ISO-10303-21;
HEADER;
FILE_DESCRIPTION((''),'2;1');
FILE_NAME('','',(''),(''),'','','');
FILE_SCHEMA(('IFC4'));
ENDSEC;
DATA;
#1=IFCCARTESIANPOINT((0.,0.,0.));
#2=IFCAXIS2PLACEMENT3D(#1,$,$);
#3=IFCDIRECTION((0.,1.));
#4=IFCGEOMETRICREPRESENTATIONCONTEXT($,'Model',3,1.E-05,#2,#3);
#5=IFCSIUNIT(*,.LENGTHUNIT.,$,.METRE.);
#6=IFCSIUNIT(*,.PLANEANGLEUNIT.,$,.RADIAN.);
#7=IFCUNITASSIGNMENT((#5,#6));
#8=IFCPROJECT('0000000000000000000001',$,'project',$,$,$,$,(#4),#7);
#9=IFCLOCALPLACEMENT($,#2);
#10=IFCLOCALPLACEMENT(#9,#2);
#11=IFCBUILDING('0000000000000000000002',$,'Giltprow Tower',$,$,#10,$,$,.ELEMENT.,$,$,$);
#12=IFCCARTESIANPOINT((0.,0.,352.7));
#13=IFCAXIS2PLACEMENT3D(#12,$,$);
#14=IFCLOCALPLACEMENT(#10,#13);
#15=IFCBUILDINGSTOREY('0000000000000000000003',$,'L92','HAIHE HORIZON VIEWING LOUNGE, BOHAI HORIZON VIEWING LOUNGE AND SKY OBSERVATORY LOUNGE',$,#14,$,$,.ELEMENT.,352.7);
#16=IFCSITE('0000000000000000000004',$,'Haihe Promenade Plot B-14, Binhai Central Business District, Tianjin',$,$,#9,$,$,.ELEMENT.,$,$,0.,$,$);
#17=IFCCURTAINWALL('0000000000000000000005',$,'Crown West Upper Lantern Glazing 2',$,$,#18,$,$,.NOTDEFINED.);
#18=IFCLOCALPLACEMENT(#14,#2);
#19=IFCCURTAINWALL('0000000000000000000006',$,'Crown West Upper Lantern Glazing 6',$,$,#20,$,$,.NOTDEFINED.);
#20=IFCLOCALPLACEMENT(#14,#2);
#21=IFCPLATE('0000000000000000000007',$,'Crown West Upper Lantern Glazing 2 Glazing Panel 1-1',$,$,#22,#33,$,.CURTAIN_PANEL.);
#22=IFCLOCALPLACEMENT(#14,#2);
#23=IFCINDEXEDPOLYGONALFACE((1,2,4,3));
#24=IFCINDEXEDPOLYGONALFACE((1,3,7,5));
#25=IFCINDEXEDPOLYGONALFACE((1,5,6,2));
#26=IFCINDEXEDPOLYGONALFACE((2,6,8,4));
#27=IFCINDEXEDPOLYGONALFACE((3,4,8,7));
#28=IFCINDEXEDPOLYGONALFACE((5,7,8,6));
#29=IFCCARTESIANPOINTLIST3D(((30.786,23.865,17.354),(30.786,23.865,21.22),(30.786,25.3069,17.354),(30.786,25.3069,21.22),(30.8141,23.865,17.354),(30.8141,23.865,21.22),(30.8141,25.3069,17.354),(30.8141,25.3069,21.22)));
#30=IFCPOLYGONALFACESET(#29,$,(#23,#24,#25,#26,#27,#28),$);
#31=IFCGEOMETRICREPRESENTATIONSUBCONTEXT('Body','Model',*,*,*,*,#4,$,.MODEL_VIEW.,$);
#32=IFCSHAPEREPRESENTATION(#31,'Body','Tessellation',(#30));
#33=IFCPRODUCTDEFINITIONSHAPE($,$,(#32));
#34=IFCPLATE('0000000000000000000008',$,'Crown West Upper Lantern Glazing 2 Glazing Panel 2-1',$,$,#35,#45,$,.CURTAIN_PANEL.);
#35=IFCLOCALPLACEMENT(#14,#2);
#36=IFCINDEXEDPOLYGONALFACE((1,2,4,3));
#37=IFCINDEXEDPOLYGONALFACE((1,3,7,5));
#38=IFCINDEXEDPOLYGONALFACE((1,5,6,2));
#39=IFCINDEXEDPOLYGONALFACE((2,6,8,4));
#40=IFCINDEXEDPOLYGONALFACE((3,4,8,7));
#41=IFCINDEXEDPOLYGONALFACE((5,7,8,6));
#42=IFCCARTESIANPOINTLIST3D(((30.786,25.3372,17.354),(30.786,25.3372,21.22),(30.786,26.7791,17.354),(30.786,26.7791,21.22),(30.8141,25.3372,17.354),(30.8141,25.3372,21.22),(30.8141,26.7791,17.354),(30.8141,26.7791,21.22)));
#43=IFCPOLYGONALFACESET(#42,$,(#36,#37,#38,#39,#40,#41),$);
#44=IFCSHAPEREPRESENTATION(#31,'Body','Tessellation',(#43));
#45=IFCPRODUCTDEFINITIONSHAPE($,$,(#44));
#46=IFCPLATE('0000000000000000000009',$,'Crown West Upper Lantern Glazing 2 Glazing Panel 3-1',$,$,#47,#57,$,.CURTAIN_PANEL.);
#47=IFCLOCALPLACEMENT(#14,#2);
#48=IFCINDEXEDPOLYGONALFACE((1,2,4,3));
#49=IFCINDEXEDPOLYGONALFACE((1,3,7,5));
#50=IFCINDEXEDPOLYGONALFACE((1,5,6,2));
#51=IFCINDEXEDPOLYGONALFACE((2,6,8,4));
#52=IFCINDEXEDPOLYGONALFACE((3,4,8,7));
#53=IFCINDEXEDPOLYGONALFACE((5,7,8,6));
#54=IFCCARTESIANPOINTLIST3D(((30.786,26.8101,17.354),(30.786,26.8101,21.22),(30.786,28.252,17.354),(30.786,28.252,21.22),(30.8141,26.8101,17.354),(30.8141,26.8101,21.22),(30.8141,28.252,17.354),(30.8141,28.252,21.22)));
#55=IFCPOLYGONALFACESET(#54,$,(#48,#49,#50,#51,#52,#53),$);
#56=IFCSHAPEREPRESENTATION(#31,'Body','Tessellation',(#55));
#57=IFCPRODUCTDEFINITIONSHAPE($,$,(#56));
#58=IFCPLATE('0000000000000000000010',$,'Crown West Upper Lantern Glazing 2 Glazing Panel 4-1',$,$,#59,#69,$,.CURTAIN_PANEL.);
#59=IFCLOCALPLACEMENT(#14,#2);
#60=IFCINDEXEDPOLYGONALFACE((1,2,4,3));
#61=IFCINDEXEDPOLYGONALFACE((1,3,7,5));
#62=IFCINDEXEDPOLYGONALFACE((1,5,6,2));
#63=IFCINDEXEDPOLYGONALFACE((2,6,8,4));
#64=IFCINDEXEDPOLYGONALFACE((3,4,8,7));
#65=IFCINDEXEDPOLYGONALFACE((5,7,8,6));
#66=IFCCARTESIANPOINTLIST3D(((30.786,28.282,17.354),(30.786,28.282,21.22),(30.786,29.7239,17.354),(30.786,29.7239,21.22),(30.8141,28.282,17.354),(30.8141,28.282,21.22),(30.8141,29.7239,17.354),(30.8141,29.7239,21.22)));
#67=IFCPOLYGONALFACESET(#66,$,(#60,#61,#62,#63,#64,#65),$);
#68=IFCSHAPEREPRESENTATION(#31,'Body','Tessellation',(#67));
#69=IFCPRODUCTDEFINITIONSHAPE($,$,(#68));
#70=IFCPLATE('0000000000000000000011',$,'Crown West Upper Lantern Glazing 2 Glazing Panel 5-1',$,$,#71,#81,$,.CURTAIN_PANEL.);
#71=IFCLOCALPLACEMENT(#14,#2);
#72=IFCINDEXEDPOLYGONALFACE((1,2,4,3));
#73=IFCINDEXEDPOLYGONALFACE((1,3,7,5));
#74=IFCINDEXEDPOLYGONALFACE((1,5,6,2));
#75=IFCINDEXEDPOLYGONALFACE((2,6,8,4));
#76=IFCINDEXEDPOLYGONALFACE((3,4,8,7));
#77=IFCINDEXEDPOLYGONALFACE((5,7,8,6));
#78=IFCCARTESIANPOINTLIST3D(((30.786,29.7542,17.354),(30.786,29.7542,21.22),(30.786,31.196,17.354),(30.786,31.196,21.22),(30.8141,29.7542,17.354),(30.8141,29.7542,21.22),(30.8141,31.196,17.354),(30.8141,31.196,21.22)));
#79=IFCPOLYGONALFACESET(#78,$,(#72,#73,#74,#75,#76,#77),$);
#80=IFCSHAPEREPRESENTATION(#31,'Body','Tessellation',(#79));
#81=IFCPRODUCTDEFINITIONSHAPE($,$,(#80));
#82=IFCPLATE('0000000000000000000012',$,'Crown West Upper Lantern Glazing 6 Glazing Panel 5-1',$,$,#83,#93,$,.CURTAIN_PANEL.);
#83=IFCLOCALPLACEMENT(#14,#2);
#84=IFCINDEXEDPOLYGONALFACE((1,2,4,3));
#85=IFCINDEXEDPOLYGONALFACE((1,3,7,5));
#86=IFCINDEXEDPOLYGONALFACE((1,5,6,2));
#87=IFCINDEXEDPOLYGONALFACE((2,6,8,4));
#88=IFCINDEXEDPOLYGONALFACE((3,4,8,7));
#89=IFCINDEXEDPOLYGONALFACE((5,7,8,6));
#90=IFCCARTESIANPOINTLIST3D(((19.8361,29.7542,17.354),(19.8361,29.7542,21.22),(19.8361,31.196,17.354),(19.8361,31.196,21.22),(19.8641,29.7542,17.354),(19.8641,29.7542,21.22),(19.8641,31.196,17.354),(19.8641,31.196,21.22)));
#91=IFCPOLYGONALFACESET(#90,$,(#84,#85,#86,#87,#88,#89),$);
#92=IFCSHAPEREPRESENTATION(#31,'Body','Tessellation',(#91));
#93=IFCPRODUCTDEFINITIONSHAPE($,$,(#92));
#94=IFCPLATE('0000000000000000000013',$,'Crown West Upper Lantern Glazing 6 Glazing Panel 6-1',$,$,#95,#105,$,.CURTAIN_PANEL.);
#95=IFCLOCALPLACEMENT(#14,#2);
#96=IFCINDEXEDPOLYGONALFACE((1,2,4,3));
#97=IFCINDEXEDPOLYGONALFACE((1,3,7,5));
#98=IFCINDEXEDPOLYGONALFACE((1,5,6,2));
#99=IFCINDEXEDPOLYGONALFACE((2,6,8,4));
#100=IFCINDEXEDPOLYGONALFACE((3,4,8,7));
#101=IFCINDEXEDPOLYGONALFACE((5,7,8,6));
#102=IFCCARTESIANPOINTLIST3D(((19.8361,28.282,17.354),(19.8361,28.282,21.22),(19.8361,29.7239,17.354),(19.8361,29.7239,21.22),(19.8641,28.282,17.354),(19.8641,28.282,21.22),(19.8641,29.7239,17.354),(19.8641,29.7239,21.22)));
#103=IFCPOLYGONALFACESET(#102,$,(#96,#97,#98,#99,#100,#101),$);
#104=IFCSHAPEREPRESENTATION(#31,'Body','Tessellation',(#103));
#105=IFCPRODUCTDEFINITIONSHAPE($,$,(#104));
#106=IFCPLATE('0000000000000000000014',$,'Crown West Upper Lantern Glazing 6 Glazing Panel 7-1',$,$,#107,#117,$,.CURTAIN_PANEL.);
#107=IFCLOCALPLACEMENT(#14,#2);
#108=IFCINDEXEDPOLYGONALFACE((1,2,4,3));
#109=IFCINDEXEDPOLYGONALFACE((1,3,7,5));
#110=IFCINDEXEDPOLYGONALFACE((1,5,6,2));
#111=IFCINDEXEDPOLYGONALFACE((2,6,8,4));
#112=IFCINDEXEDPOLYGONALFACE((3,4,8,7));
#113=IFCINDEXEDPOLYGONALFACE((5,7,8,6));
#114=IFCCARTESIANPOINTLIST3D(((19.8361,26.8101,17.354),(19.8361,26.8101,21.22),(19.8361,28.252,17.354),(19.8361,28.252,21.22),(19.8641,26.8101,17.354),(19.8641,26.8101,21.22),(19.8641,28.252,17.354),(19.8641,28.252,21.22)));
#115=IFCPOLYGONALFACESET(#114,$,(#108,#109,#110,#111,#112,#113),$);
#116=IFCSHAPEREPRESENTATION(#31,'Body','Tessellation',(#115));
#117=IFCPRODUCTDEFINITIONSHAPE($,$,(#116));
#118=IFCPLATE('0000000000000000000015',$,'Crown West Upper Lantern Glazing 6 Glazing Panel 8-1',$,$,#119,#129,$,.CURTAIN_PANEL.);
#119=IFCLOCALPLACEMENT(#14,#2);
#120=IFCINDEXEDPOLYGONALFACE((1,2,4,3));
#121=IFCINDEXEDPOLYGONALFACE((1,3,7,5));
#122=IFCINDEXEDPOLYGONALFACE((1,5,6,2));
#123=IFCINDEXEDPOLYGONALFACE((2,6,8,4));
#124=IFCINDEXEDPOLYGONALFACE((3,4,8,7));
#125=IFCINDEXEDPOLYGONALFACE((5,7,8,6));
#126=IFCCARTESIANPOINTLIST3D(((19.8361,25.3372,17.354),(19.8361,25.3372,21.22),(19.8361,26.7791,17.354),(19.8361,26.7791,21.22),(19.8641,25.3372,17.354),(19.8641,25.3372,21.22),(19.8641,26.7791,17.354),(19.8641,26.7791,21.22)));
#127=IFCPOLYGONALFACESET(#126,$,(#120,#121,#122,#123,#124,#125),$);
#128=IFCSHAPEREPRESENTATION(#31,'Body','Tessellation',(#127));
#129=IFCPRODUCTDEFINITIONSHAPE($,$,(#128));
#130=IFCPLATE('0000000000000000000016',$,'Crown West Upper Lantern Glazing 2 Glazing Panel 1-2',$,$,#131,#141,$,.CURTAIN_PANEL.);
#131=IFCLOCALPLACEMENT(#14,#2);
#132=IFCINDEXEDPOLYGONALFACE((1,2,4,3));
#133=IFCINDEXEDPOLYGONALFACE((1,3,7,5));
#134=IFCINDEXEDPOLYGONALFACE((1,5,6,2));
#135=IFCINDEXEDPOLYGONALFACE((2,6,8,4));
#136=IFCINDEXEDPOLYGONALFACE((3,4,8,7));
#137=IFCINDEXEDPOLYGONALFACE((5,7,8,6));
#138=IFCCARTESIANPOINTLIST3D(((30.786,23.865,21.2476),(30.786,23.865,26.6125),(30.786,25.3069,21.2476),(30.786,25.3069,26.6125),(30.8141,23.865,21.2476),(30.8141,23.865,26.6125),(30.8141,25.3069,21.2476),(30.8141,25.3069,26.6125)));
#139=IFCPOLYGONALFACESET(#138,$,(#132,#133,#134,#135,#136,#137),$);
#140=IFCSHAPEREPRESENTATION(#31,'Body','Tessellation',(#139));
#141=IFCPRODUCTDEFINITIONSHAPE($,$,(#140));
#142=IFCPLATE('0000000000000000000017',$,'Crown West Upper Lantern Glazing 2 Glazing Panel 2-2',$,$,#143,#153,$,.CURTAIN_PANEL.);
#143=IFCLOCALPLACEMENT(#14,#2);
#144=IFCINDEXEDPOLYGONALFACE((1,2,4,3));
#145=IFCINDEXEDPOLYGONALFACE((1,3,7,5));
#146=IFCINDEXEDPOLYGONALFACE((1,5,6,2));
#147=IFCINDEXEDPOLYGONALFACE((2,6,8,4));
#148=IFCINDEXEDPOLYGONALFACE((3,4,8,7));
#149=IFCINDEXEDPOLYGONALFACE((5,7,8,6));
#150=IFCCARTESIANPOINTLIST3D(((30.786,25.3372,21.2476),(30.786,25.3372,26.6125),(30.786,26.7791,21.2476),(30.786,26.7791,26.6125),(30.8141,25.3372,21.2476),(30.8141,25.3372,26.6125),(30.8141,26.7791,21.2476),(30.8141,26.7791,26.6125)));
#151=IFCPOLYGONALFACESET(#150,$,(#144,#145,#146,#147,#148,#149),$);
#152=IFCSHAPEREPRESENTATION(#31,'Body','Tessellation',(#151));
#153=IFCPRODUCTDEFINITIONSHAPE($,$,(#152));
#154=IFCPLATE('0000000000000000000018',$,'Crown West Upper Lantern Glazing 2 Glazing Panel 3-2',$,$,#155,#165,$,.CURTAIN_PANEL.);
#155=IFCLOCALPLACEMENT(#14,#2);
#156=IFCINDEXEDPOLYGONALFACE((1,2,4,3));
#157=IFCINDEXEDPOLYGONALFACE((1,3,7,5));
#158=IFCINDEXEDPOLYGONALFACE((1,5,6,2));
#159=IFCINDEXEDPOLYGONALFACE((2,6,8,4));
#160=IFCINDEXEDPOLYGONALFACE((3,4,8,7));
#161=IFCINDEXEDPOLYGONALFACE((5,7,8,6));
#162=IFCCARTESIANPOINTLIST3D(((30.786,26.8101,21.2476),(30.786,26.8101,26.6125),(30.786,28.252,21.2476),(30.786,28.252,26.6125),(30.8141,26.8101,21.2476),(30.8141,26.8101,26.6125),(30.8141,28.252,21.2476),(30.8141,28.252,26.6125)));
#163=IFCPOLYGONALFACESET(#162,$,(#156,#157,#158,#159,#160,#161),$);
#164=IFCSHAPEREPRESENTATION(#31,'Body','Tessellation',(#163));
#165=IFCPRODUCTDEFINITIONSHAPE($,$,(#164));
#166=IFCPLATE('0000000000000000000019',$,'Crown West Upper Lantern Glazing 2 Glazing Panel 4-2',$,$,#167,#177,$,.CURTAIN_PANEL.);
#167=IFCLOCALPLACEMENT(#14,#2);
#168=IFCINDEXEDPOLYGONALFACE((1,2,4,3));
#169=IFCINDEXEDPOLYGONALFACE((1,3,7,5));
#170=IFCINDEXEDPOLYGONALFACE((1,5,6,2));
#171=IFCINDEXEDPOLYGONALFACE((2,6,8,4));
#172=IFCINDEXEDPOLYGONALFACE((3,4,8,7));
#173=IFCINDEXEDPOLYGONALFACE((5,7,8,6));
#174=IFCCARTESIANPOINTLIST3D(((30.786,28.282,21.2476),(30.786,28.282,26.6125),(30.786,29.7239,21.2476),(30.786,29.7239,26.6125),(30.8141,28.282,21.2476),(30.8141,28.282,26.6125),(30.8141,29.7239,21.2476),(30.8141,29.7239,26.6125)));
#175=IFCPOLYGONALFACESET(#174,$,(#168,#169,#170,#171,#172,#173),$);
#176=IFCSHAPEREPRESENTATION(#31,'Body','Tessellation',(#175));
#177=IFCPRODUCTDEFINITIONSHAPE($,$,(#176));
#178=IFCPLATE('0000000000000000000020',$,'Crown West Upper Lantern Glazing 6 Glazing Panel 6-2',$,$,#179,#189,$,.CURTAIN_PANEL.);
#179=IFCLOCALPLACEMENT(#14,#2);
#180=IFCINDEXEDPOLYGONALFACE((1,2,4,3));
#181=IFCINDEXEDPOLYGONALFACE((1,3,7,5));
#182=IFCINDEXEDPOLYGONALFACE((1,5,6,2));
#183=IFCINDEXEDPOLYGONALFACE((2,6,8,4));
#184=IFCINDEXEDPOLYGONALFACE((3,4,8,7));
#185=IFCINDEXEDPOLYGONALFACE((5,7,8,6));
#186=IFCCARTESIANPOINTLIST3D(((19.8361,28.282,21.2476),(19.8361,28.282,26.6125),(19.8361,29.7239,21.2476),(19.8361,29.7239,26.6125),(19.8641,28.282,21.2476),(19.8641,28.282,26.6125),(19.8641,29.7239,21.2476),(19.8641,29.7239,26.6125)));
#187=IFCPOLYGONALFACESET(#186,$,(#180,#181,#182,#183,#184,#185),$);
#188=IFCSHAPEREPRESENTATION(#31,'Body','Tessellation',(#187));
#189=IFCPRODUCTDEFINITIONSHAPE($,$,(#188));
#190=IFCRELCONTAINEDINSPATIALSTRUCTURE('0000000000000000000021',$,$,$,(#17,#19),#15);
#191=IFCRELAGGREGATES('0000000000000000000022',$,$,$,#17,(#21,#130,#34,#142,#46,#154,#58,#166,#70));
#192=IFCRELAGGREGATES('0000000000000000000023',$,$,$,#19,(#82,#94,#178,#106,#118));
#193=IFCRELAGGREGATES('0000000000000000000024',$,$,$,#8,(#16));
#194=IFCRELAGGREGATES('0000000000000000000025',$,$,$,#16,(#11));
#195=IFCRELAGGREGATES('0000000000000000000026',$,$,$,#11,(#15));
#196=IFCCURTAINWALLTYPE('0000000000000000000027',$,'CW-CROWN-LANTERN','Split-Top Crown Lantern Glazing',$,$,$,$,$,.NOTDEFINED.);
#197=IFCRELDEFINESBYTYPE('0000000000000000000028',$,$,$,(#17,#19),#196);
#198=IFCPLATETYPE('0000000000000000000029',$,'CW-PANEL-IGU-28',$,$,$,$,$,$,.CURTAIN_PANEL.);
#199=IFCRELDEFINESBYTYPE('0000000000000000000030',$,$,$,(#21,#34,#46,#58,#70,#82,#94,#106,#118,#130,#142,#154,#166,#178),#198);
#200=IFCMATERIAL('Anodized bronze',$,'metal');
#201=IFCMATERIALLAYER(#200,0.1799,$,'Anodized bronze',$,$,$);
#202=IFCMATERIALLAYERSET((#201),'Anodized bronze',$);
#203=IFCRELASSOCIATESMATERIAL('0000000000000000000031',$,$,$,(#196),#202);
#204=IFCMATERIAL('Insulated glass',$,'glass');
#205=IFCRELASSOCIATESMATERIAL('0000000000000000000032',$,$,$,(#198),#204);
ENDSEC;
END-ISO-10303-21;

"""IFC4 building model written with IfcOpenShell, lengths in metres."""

from ifc_helpers import new_model, si_unit, direction, frame, origin, origin_2d, place, context, subcontext, project, spatial, rectangle, extrude, source, transform, mapped, material, layer, layer_set, type_object, element, aggregate, save


model = new_model("IFC4")

# Units and contexts
model_context = context("Model", 3, precision=1e-05, world=origin(), true_north=direction((0.0, 1.0)))
body_context = subcontext(model_context, "Body", "Model", "MODEL_VIEW")
ifc_project = project(units=[si_unit("LENGTHUNIT", "METRE"), si_unit("PLANEANGLEUNIT", "RADIAN")], contexts=[model_context])

# Site, building, storey
site_placement = place(None, origin())
site = spatial("IfcSite", under=ifc_project, at=site_placement, Name="Haihe Promenade Plot B-14, Binhai Central Business District, Tianjin", CompositionType="ELEMENT", RefElevation=0.0)
building_placement = place(site_placement, origin())
building = spatial("IfcBuilding", under=site, at=building_placement, Name="Giltprow Tower", CompositionType="ELEMENT")
storey_placement = place(building_placement, frame((0.0, 0.0, 352.7)))
storey = spatial("IfcBuildingStorey", under=building, at=storey_placement, Name="L92", Description="HAIHE HORIZON VIEWING LOUNGE, BOHAI HORIZON VIEWING LOUNGE AND SKY OBSERVATORY LOUNGE", CompositionType="ELEMENT", Elevation=352.7)

# Curtain walls
ifc_material_1 = material(Name="Anodized bronze", Category="metal")
ifc_layer = layer(ifc_material_1, 0.1799, Name="Anodized bronze")
ifc_layer_set = layer_set([ifc_layer], Name="Anodized bronze")
curtain_wall_type = type_object("IfcCurtainWallType", Name="CW-CROWN-LANTERN", Description="Split-Top Crown Lantern Glazing", PredefinedType="NOTDEFINED", material=ifc_layer_set)
curtain_wall_1_placement = place(storey_placement, origin())
curtain_wall_1 = element("IfcCurtainWall", 1, at=curtain_wall_1_placement, inside=storey, type_object=curtain_wall_type, Name="Crown West Upper Lantern Glazing 2", PredefinedType="NOTDEFINED")
curtain_wall_2_placement = place(storey_placement, origin())
curtain_wall_2 = element("IfcCurtainWall", 2, at=curtain_wall_2_placement, inside=storey, type_object=curtain_wall_type, Name="Crown West Upper Lantern Glazing 6", PredefinedType="NOTDEFINED")

# Shared definitions
ifc_material_2 = material(Name="Insulated glass", Category="glass")
plate_type = type_object("IfcPlateType", Name="CW-PANEL-IGU-28", PredefinedType="CURTAIN_PANEL", material=ifc_material_2)

# Plates
shared_shape_1 = source(origin(), body_context, "Body", "SweptSolid", [
    extrude(rectangle(XDim=1.4419, YDim=0.0281, at=origin_2d()), origin(), (0.0, 0.0, 1.0), 3.866),
])
plate_1_placement = place(storey_placement, frame((30.8, 24.5859, 17.354), z_axis=(0.0, 0.0, 1.0), x_axis=(0.0, 1.0, 0.0)))
plate_1 = element("IfcPlate", 3, at=plate_1_placement, type_object=plate_type, Name="Crown West Upper Lantern Glazing 2 Glazing Panel 1-1", PredefinedType="CURTAIN_PANEL", context=body_context, shape_type="MappedRepresentation", body=[
    mapped(shared_shape_1, transform((0.0, 0.0, 0.0), x_axis=(1.0, 0.0, 0.0), y_axis=(0.0, 1.0, 0.0), z_axis=(0.0, 0.0, 1.0), scale=1.0)),
])
plate_2_placement = place(storey_placement, frame((30.8, 26.0581, 17.354), z_axis=(0.0, 0.0, 1.0), x_axis=(0.0, 1.0, 0.0)))
plate_2 = element("IfcPlate", 4, at=plate_2_placement, type_object=plate_type, Name="Crown West Upper Lantern Glazing 2 Glazing Panel 2-1", PredefinedType="CURTAIN_PANEL", context=body_context, shape_type="MappedRepresentation", body=[
    mapped(shared_shape_1, transform((0.0, 0.0, 0.0), x_axis=(1.0, 0.0, 0.0), y_axis=(0.0, 1.0, 0.0), z_axis=(0.0, 0.0, 1.0), scale=1.0)),
])
plate_3_placement = place(storey_placement, frame((30.8, 27.531, 17.354), z_axis=(0.0, 0.0, 1.0), x_axis=(0.0, 1.0, 0.0)))
plate_3 = element("IfcPlate", 5, at=plate_3_placement, type_object=plate_type, Name="Crown West Upper Lantern Glazing 2 Glazing Panel 3-1", PredefinedType="CURTAIN_PANEL", context=body_context, shape_type="MappedRepresentation", body=[
    mapped(shared_shape_1, transform((0.0, 0.0, 0.0), x_axis=(1.0, 0.0, 0.0), y_axis=(0.0, 1.0, 0.0), z_axis=(0.0, 0.0, 1.0), scale=1.0)),
])
plate_4_placement = place(storey_placement, frame((30.8, 29.0029, 17.354), z_axis=(0.0, 0.0, 1.0), x_axis=(0.0, 1.0, 0.0)))
plate_4 = element("IfcPlate", 6, at=plate_4_placement, type_object=plate_type, Name="Crown West Upper Lantern Glazing 2 Glazing Panel 4-1", PredefinedType="CURTAIN_PANEL", context=body_context, shape_type="MappedRepresentation", body=[
    mapped(shared_shape_1, transform((0.0, 0.0, 0.0), x_axis=(1.0, 0.0, 0.0), y_axis=(0.0, 1.0, 0.0), z_axis=(0.0, 0.0, 1.0), scale=1.0)),
])
plate_5_placement = place(storey_placement, frame((30.8, 30.4751, 17.354), z_axis=(0.0, 0.0, 1.0), x_axis=(0.0, 1.0, 0.0)))
plate_5 = element("IfcPlate", 7, at=plate_5_placement, type_object=plate_type, Name="Crown West Upper Lantern Glazing 2 Glazing Panel 5-1", PredefinedType="CURTAIN_PANEL", context=body_context, shape_type="MappedRepresentation", body=[
    mapped(shared_shape_1, transform((0.0, 0.0, 0.0), x_axis=(1.0, 0.0, 0.0), y_axis=(0.0, 1.0, 0.0), z_axis=(0.0, 0.0, 1.0), scale=1.0)),
])
plate_6_placement = place(storey_placement, frame((19.8501, 30.4751, 17.354), z_axis=(0.0, 0.0, 1.0), x_axis=(0.0, -1.0, 0.0)))
plate_6 = element("IfcPlate", 8, at=plate_6_placement, type_object=plate_type, Name="Crown West Upper Lantern Glazing 6 Glazing Panel 5-1", PredefinedType="CURTAIN_PANEL", context=body_context, shape_type="MappedRepresentation", body=[
    mapped(shared_shape_1, transform((0.0, 0.0, 0.0), x_axis=(1.0, 0.0, 0.0), y_axis=(0.0, 1.0, 0.0), z_axis=(0.0, 0.0, 1.0), scale=1.0)),
])
plate_7_placement = place(storey_placement, frame((19.8501, 29.0029, 17.354), z_axis=(0.0, 0.0, 1.0), x_axis=(0.0, -1.0, 0.0)))
plate_7 = element("IfcPlate", 9, at=plate_7_placement, type_object=plate_type, Name="Crown West Upper Lantern Glazing 6 Glazing Panel 6-1", PredefinedType="CURTAIN_PANEL", context=body_context, shape_type="MappedRepresentation", body=[
    mapped(shared_shape_1, transform((0.0, 0.0, 0.0), x_axis=(1.0, 0.0, 0.0), y_axis=(0.0, 1.0, 0.0), z_axis=(0.0, 0.0, 1.0), scale=1.0)),
])
plate_8_placement = place(storey_placement, frame((19.8501, 27.531, 17.354), z_axis=(0.0, 0.0, 1.0), x_axis=(0.0, -1.0, 0.0)))
plate_8 = element("IfcPlate", 10, at=plate_8_placement, type_object=plate_type, Name="Crown West Upper Lantern Glazing 6 Glazing Panel 7-1", PredefinedType="CURTAIN_PANEL", context=body_context, shape_type="MappedRepresentation", body=[
    mapped(shared_shape_1, transform((0.0, 0.0, 0.0), x_axis=(1.0, 0.0, 0.0), y_axis=(0.0, 1.0, 0.0), z_axis=(0.0, 0.0, 1.0), scale=1.0)),
])
plate_9_placement = place(storey_placement, frame((19.8501, 26.0581, 17.354), z_axis=(0.0, 0.0, 1.0), x_axis=(0.0, -1.0, 0.0)))
plate_9 = element("IfcPlate", 11, at=plate_9_placement, type_object=plate_type, Name="Crown West Upper Lantern Glazing 6 Glazing Panel 8-1", PredefinedType="CURTAIN_PANEL", context=body_context, shape_type="MappedRepresentation", body=[
    mapped(shared_shape_1, transform((0.0, 0.0, 0.0), x_axis=(1.0, 0.0, 0.0), y_axis=(0.0, 1.0, 0.0), z_axis=(0.0, 0.0, 1.0), scale=1.0)),
])
shared_shape_2 = source(origin(), body_context, "Body", "SweptSolid", [
    extrude(rectangle(XDim=1.4419, YDim=0.0281, at=origin_2d()), origin(), (0.0, 0.0, 1.0), 5.365),
])
plate_10_placement = place(storey_placement, frame((30.8, 24.5859, 21.2476), z_axis=(0.0, 0.0, 1.0), x_axis=(0.0, 1.0, 0.0)))
plate_10 = element("IfcPlate", 12, at=plate_10_placement, type_object=plate_type, Name="Crown West Upper Lantern Glazing 2 Glazing Panel 1-2", PredefinedType="CURTAIN_PANEL", context=body_context, shape_type="MappedRepresentation", body=[
    mapped(shared_shape_2, transform((0.0, 0.0, 0.0), x_axis=(1.0, 0.0, 0.0), y_axis=(0.0, 1.0, 0.0), z_axis=(0.0, 0.0, 1.0), scale=1.0)),
])
plate_11_placement = place(storey_placement, frame((30.8, 26.0581, 21.2476), z_axis=(0.0, 0.0, 1.0), x_axis=(0.0, 1.0, 0.0)))
plate_11 = element("IfcPlate", 13, at=plate_11_placement, type_object=plate_type, Name="Crown West Upper Lantern Glazing 2 Glazing Panel 2-2", PredefinedType="CURTAIN_PANEL", context=body_context, shape_type="MappedRepresentation", body=[
    mapped(shared_shape_2, transform((0.0, 0.0, 0.0), x_axis=(1.0, 0.0, 0.0), y_axis=(0.0, 1.0, 0.0), z_axis=(0.0, 0.0, 1.0), scale=1.0)),
])
plate_12_placement = place(storey_placement, frame((30.8, 27.531, 21.2476), z_axis=(0.0, 0.0, 1.0), x_axis=(0.0, 1.0, 0.0)))
plate_12 = element("IfcPlate", 14, at=plate_12_placement, type_object=plate_type, Name="Crown West Upper Lantern Glazing 2 Glazing Panel 3-2", PredefinedType="CURTAIN_PANEL", context=body_context, shape_type="MappedRepresentation", body=[
    mapped(shared_shape_2, transform((0.0, 0.0, 0.0), x_axis=(1.0, 0.0, 0.0), y_axis=(0.0, 1.0, 0.0), z_axis=(0.0, 0.0, 1.0), scale=1.0)),
])
plate_13_placement = place(storey_placement, frame((30.8, 29.0029, 21.2476), z_axis=(0.0, 0.0, 1.0), x_axis=(0.0, 1.0, 0.0)))
plate_13 = element("IfcPlate", 15, at=plate_13_placement, type_object=plate_type, Name="Crown West Upper Lantern Glazing 2 Glazing Panel 4-2", PredefinedType="CURTAIN_PANEL", context=body_context, shape_type="MappedRepresentation", body=[
    mapped(shared_shape_2, transform((0.0, 0.0, 0.0), x_axis=(1.0, 0.0, 0.0), y_axis=(0.0, 1.0, 0.0), z_axis=(0.0, 0.0, 1.0), scale=1.0)),
])
aggregate(curtain_wall_1, [plate_1, plate_10, plate_2, plate_11, plate_3, plate_12, plate_4, plate_13, plate_5])
plate_14_placement = place(storey_placement, frame((19.8501, 29.0029, 21.2476), z_axis=(0.0, 0.0, 1.0), x_axis=(0.0, -1.0, 0.0)))
plate_14 = element("IfcPlate", 16, at=plate_14_placement, type_object=plate_type, Name="Crown West Upper Lantern Glazing 6 Glazing Panel 6-2", PredefinedType="CURTAIN_PANEL", context=body_context, shape_type="MappedRepresentation", body=[
    mapped(shared_shape_2, transform((0.0, 0.0, 0.0), x_axis=(1.0, 0.0, 0.0), y_axis=(0.0, 1.0, 0.0), z_axis=(0.0, 0.0, 1.0), scale=1.0)),
])
aggregate(curtain_wall_2, [plate_6, plate_7, plate_14, plate_8, plate_9])

save(model, "model.ifc")
